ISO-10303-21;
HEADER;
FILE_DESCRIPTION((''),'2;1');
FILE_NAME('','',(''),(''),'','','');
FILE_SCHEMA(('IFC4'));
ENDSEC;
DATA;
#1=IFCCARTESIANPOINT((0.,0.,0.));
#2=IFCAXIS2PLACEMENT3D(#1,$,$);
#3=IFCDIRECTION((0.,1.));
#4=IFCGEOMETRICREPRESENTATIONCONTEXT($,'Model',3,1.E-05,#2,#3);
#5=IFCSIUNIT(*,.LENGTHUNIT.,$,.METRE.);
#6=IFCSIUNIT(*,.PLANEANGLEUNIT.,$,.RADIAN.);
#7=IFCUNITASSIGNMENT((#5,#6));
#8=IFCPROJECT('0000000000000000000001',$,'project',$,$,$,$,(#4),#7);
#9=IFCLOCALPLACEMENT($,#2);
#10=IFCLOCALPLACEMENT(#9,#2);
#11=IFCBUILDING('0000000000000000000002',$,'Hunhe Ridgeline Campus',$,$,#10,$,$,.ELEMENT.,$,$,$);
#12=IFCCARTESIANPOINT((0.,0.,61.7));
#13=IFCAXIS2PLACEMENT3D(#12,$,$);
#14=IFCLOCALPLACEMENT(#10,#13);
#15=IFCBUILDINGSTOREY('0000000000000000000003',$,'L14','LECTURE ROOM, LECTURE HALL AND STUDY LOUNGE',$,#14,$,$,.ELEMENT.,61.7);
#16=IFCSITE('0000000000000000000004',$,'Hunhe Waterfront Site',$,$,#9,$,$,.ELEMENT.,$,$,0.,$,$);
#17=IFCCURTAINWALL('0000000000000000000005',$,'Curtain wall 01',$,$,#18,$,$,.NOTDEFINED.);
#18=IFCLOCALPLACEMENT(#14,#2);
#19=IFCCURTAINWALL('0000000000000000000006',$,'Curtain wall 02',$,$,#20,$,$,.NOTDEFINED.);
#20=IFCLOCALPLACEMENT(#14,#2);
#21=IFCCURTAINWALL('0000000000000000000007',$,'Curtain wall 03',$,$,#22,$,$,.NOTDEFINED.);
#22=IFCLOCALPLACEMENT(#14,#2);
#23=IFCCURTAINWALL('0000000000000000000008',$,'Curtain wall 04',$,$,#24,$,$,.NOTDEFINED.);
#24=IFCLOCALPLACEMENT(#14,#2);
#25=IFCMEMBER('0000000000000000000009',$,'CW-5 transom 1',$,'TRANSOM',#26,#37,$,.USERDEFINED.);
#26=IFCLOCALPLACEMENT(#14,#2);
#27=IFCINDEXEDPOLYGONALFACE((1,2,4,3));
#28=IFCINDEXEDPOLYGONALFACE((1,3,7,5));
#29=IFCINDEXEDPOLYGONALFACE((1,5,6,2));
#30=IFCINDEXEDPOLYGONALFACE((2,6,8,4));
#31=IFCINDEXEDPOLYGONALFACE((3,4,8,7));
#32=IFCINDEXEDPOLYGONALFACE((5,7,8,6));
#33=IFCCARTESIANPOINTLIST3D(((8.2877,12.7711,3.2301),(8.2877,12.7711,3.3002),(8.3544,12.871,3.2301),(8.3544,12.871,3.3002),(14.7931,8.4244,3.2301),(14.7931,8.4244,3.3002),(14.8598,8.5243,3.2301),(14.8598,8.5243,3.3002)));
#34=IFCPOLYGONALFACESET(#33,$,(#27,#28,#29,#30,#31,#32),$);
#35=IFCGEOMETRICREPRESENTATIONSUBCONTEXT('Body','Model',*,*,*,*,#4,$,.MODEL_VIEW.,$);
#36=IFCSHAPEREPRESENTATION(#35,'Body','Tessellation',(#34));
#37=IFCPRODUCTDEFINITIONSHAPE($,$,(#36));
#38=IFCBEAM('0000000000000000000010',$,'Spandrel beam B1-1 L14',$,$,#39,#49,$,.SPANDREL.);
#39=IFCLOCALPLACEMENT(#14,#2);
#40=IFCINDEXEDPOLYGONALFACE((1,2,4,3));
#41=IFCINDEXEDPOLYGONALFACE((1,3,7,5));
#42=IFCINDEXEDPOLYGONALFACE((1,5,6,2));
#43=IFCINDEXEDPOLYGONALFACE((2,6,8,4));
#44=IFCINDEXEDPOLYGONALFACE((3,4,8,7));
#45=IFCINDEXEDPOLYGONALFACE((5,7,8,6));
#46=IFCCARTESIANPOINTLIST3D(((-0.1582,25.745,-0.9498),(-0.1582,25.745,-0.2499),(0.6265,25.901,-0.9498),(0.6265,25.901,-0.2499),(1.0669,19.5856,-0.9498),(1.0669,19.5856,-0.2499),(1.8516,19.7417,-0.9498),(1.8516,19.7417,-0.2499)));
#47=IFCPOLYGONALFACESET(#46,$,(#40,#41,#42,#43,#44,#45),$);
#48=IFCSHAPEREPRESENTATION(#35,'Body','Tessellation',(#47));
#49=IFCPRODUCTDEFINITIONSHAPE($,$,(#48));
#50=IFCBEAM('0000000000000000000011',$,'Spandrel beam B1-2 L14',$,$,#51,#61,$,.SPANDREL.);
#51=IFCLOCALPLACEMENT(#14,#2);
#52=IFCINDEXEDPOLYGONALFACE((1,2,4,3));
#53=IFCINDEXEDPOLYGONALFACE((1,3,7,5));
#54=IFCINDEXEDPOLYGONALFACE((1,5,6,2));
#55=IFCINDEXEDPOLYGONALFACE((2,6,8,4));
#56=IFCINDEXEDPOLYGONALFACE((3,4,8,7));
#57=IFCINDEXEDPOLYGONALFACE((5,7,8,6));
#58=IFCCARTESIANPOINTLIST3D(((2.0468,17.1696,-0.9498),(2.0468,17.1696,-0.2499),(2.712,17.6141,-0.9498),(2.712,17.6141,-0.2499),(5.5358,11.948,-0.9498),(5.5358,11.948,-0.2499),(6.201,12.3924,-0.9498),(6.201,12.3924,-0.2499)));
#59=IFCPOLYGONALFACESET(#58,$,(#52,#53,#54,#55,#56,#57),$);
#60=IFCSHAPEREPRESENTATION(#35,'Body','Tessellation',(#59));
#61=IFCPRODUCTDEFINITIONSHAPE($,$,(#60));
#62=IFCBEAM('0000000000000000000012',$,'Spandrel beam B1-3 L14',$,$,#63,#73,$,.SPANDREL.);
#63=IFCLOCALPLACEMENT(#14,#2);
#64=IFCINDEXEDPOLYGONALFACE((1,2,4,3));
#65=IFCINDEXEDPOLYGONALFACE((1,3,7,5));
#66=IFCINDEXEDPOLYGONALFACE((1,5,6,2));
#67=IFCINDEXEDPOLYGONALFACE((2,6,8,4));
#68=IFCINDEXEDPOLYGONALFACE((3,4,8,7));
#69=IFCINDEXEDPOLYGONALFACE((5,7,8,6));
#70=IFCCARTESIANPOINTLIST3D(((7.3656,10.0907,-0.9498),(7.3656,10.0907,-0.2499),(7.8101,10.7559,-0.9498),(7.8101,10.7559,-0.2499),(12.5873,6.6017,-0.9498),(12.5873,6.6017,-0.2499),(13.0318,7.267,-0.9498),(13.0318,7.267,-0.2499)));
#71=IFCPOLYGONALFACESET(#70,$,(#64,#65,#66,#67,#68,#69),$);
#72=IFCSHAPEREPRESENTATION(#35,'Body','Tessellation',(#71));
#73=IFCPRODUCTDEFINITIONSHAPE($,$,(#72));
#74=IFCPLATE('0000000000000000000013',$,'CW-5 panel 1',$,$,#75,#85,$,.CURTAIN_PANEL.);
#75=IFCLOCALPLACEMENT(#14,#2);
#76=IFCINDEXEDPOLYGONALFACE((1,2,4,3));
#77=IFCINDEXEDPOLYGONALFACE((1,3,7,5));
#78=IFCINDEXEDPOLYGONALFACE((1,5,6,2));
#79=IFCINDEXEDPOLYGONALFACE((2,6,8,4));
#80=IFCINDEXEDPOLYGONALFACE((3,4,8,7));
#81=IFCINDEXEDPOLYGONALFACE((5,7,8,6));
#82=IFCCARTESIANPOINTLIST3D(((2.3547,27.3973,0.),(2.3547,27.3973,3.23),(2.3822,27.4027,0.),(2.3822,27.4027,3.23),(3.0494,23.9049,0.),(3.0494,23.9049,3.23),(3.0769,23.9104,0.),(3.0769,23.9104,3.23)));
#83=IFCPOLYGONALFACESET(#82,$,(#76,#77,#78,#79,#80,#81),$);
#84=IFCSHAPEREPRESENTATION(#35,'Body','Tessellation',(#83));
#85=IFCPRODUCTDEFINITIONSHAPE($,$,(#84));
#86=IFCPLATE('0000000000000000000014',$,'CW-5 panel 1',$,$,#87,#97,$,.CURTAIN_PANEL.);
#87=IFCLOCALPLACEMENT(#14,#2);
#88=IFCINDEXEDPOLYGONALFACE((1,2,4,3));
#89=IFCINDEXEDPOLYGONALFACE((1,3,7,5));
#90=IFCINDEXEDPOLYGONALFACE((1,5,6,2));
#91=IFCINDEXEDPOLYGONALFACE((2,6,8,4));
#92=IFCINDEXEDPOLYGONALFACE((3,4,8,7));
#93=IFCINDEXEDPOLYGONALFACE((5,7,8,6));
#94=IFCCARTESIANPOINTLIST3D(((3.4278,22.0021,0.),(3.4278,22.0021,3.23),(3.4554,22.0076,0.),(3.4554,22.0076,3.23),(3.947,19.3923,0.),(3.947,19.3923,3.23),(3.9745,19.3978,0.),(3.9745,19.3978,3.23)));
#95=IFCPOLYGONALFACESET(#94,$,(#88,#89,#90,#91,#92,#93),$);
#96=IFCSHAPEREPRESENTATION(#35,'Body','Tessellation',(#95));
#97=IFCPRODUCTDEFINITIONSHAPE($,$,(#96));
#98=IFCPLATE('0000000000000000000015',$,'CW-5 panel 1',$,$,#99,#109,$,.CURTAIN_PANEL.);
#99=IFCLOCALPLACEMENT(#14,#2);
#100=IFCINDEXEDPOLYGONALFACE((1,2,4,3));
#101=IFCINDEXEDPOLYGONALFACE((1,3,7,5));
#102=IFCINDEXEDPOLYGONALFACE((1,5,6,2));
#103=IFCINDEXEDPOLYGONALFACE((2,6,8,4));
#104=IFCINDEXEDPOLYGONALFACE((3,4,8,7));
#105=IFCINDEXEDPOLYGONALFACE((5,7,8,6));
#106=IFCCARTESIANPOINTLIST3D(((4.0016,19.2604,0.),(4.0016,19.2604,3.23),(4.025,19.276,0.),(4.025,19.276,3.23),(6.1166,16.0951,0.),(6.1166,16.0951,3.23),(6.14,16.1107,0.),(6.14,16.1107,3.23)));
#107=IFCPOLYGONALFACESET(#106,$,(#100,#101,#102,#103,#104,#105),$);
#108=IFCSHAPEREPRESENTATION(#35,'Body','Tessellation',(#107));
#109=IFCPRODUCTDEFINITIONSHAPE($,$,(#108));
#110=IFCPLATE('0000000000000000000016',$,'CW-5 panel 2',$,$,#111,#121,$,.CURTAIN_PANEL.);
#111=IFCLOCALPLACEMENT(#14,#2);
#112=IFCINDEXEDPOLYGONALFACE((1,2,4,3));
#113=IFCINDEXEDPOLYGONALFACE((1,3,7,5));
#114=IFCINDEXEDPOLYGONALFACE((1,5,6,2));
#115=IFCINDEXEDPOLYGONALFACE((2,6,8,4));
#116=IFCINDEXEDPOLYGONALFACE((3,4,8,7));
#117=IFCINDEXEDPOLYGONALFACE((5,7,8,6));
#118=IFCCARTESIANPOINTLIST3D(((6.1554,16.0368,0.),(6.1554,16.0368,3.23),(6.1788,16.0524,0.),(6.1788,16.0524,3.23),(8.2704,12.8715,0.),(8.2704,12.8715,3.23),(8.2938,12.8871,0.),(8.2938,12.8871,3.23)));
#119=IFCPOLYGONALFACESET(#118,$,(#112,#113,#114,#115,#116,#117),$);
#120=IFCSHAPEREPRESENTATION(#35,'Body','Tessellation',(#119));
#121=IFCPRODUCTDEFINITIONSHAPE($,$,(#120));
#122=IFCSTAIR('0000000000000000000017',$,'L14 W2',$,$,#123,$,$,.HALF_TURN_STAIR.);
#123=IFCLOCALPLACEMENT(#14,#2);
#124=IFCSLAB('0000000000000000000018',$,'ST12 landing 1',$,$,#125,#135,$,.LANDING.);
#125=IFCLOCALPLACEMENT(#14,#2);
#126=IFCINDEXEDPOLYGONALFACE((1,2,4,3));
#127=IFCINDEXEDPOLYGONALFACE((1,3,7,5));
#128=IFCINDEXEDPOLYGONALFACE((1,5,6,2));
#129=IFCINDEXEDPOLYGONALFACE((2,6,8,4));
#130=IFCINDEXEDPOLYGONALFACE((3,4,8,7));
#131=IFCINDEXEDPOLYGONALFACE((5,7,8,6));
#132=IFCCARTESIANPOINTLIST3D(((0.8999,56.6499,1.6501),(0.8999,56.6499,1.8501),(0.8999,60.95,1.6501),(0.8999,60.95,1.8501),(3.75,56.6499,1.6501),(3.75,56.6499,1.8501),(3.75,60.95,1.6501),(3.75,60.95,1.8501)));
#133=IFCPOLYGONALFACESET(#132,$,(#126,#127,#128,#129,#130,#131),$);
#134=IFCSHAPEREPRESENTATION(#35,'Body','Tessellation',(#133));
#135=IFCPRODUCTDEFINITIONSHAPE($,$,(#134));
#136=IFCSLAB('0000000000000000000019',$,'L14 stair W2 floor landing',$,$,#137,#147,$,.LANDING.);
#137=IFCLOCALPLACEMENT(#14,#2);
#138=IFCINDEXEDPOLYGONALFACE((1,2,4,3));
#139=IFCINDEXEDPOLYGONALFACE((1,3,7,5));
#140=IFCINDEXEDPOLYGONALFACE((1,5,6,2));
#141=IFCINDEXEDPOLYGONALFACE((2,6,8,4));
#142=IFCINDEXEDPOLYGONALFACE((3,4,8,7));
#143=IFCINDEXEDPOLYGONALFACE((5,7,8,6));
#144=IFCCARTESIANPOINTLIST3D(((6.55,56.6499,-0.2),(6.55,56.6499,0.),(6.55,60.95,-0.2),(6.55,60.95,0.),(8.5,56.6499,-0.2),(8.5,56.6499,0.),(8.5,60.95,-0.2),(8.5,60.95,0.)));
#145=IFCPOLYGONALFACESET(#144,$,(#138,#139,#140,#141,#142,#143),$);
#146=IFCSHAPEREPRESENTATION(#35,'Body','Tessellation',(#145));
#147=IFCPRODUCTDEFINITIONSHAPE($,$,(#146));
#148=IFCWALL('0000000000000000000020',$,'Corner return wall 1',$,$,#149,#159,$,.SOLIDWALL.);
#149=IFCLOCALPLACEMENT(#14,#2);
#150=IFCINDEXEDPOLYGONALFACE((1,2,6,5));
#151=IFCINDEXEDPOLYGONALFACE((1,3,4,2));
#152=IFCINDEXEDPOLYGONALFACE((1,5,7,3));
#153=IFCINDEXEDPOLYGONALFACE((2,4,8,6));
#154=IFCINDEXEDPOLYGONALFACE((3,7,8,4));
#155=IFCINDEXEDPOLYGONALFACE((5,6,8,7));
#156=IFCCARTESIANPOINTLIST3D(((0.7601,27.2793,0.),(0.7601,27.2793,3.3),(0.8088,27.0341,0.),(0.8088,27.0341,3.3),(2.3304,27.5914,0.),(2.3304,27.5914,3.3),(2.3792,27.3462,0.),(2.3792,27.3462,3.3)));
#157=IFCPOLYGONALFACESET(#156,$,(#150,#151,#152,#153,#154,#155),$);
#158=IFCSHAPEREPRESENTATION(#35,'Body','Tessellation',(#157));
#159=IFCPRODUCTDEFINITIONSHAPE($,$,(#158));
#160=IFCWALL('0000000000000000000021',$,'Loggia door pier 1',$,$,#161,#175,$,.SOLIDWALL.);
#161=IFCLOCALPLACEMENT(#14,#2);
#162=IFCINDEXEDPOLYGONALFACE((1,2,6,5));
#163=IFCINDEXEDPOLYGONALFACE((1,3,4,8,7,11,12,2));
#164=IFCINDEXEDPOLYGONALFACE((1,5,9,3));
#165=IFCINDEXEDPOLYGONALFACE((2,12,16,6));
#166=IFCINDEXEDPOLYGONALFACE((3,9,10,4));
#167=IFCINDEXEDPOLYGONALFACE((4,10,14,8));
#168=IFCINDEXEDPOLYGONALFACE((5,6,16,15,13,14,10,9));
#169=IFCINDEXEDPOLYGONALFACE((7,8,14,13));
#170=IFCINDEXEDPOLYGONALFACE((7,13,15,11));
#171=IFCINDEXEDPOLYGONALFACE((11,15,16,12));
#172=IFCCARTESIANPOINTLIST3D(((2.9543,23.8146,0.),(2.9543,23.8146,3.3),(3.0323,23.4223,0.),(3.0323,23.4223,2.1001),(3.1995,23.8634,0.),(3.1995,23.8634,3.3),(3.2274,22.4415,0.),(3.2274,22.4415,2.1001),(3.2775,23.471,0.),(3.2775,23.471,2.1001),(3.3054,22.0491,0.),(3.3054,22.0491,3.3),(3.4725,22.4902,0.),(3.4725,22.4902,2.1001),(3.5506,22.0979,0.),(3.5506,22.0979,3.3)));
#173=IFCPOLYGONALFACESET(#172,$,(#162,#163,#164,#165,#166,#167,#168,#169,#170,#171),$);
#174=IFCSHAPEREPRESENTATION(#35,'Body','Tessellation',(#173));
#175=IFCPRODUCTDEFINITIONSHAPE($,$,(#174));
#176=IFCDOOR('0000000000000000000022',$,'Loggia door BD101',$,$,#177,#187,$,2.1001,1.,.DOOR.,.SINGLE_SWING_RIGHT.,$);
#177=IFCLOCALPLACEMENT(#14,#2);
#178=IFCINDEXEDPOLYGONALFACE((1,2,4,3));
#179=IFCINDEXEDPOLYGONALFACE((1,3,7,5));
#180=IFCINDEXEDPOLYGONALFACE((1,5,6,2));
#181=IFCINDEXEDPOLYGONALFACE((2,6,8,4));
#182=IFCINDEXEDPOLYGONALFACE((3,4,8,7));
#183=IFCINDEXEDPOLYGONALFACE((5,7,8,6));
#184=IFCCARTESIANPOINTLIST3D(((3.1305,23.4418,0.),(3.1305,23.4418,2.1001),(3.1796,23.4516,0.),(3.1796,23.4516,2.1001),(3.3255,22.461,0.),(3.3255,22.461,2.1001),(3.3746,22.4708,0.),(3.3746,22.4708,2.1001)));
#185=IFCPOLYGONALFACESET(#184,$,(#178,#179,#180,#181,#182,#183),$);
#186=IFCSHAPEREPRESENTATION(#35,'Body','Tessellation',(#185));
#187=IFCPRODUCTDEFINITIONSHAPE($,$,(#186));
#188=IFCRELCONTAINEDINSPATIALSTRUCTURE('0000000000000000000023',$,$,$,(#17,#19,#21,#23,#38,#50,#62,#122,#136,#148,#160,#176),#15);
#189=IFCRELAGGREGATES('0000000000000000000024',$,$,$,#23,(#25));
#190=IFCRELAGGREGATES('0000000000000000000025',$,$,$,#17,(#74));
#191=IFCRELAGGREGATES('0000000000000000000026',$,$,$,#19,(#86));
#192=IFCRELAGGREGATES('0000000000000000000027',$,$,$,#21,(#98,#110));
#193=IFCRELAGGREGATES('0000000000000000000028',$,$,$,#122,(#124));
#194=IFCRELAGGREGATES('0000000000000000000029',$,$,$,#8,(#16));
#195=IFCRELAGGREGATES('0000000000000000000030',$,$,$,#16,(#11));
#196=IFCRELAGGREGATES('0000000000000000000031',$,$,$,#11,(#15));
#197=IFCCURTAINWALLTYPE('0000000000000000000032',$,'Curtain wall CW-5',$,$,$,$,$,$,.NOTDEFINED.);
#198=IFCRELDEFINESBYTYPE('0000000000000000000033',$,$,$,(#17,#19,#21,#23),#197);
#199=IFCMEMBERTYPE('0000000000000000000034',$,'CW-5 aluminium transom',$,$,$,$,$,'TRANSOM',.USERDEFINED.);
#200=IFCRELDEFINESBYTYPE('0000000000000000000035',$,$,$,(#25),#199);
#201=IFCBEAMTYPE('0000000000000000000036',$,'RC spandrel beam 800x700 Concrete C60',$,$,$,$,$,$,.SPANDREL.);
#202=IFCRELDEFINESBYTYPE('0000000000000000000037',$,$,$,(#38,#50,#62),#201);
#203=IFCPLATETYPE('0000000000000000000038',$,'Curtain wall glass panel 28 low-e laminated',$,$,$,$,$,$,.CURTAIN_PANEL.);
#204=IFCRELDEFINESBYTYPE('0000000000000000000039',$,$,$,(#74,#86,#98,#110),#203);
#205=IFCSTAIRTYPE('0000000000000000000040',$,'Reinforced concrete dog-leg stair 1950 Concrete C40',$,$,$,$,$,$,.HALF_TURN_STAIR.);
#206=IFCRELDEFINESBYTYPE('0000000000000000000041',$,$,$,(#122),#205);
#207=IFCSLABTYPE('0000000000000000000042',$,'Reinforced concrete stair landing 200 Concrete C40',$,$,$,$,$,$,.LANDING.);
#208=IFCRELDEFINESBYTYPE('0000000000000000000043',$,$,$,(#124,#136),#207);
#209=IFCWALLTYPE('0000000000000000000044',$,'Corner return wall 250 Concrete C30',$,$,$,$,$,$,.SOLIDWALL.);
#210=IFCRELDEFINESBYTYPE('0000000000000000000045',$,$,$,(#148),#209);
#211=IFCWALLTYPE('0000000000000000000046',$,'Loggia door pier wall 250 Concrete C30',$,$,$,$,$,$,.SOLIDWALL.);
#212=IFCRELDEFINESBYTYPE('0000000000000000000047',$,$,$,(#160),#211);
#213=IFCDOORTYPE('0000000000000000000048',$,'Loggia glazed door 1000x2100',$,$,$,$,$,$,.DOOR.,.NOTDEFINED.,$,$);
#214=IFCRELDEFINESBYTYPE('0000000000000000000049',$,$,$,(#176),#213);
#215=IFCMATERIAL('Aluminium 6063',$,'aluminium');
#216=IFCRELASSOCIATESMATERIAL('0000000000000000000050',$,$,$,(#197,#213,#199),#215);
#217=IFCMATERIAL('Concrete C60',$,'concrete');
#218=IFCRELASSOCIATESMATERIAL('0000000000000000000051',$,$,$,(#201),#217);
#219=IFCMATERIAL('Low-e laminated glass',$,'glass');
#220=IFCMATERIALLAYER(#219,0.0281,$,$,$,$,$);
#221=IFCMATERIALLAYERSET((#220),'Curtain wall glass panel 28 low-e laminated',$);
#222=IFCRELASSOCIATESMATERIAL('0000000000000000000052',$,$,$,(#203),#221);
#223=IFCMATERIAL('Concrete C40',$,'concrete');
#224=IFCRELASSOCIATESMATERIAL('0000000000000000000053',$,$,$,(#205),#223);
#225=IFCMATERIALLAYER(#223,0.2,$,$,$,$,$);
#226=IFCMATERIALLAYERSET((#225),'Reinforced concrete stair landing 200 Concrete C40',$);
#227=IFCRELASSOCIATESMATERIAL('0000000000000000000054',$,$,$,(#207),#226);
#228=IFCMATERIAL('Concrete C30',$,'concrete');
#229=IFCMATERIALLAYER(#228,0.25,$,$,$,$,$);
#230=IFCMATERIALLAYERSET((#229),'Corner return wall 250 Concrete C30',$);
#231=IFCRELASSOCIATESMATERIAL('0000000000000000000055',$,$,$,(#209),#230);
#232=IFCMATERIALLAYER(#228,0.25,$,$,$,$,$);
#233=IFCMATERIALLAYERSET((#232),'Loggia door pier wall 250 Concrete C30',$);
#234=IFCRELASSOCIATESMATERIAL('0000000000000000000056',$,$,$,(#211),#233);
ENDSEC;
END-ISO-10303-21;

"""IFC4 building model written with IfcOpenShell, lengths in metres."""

from ifc_helpers import new_model, si_unit, direction, frame, frame_2d, origin, origin_2d, place, context, subcontext, project, spatial, polyline, rectangle, outline, extrude, material, layer, layer_set, material_profile, profile_set, type_object, element, fill, aggregate, save


model = new_model("IFC4")

# Units and contexts
model_context = context("Model", 3, precision=1e-05, world=origin(), true_north=direction((0.0, 1.0)))
body_context = subcontext(model_context, "Body", "Model", "MODEL_VIEW")
ifc_project = project(units=[si_unit("LENGTHUNIT", "METRE"), si_unit("PLANEANGLEUNIT", "RADIAN")], contexts=[model_context])

# Site, building, storey
site_placement = place(None, origin())
site = spatial("IfcSite", under=ifc_project, at=site_placement, Name="Hunhe Waterfront Site", CompositionType="ELEMENT", RefElevation=0.0)
building_placement = place(site_placement, origin())
building = spatial("IfcBuilding", under=site, at=building_placement, Name="Hunhe Ridgeline Campus", CompositionType="ELEMENT")
storey_placement = place(building_placement, frame((0.0, 0.0, 61.7)))
storey = spatial("IfcBuildingStorey", under=building, at=storey_placement, Name="L14", Description="LECTURE ROOM, LECTURE HALL AND STUDY LOUNGE", CompositionType="ELEMENT", Elevation=61.7)

# Curtain walls
ifc_material_1 = material(Name="Aluminium 6063", Category="aluminium")
curtain_wall_type = type_object("IfcCurtainWallType", Name="Curtain wall CW-5", PredefinedType="NOTDEFINED", material=ifc_material_1)
curtain_wall_1_placement = place(storey_placement, origin())
curtain_wall_1 = element("IfcCurtainWall", 1, at=curtain_wall_1_placement, inside=storey, type_object=curtain_wall_type, Name="Curtain wall 01", PredefinedType="NOTDEFINED")
curtain_wall_2_placement = place(storey_placement, origin())
curtain_wall_2 = element("IfcCurtainWall", 2, at=curtain_wall_2_placement, inside=storey, type_object=curtain_wall_type, Name="Curtain wall 02", PredefinedType="NOTDEFINED")
curtain_wall_3_placement = place(storey_placement, origin())
curtain_wall_3 = element("IfcCurtainWall", 3, at=curtain_wall_3_placement, inside=storey, type_object=curtain_wall_type, Name="Curtain wall 03", PredefinedType="NOTDEFINED")

# Curtain wall
curtain_wall_4_placement = place(storey_placement, origin())
curtain_wall_4 = element("IfcCurtainWall", 4, at=curtain_wall_4_placement, inside=storey, type_object=curtain_wall_type, Name="Curtain wall 04", PredefinedType="NOTDEFINED")

# Member
ifc_material_profile_1 = material_profile(ifc_material_1, rectangle(XDim=0.1201, YDim=0.0701, at=origin_2d()))
ifc_profile_set_1 = profile_set([ifc_material_profile_1], Name="Aluminium 6063")
member_type_1 = type_object("IfcMemberType", Name="CW-5 aluminium transom", ElementType="TRANSOM", PredefinedType="USERDEFINED", material=ifc_profile_set_1)
member_1_placement = place(storey_placement, frame((8.321, 12.821, 3.2651), z_axis=(0.831474, -0.555564, 0.0), x_axis=(0.555564, 0.831474, 0.0)))
member_1 = element("IfcMember", 5, at=member_1_placement, type_object=member_type_1, Name="CW-5 transom 1", ObjectType="TRANSOM", PredefinedType="USERDEFINED", context=body_context, shape_type="SweptSolid", body=[
    extrude(rectangle(XDim=0.1201, YDim=0.0701, at=origin_2d()), origin(), (0.0, 0.0, 1.0), 7.824),
])
aggregate(curtain_wall_4, [member_1])

# Beams
ifc_material_2 = material(Name="Concrete C60", Category="concrete")
ifc_material_profile_2 = material_profile(ifc_material_2, rectangle(XDim=0.8, YDim=0.7, at=origin_2d()))
ifc_profile_set_2 = profile_set([ifc_material_profile_2], Name="Concrete C60")
beam_type = type_object("IfcBeamType", Name="RC spandrel beam 800x700 Concrete C60", PredefinedType="SPANDREL", material=ifc_profile_set_2)
for number, where, z_axis, x_axis, name in (
    (6, (0.2341, 25.823, -0.5999), (0.195077, -0.980788, 0.0), (0.980788, 0.195077, 0.0), "Spandrel beam B1-1 L14"),
    (7, (2.3794, 17.3918, -0.5999), (0.55557, -0.83147, 0.0), (0.83147, 0.55557, 0.0), "Spandrel beam B1-2 L14"),
    (8, (7.5879, 10.4233, -0.5999), (0.83147, -0.55557, 0.0), (0.55557, 0.83147, 0.0), "Spandrel beam B1-3 L14"),
):
    element("IfcBeam", number, at=place(storey_placement, frame(where, z_axis=z_axis, x_axis=x_axis)), inside=storey, type_object=beam_type, Name=name, PredefinedType="SPANDREL", context=body_context, shape_type="SweptSolid", body=[
        extrude(rectangle(XDim=0.8, YDim=0.7, at=origin_2d()), origin(), (0.0, 0.0, 1.0), 6.28),
    ])

# Plates
ifc_material_3 = material(Name="Low-e laminated glass", Category="glass")
ifc_layer_1 = layer(ifc_material_3, 0.0281)
ifc_layer_set_1 = layer_set([ifc_layer_1], Name="Curtain wall glass panel 28 low-e laminated")
plate_type = type_object("IfcPlateType", Name="Curtain wall glass panel 28 low-e laminated", PredefinedType="CURTAIN_PANEL", material=ifc_layer_set_1)
plate_1_placement = place(storey_placement, frame((2.7158, 25.6538, 0.0), z_axis=(0.0, 0.0, 1.0), x_axis=(0.195095, -0.980784, 0.0)))
plate_1 = element("IfcPlate", 9, at=plate_1_placement, type_object=plate_type, Name="CW-5 panel 1", PredefinedType="CURTAIN_PANEL", context=body_context, shape_type="SweptSolid", body=[
    extrude(rectangle(XDim=3.5608, YDim=0.0281, at=origin_2d()), origin(), (0.0, 0.0, 1.0), 3.23),
])
aggregate(curtain_wall_1, [plate_1])
plate_2_placement = place(storey_placement, frame((3.7012, 20.7, 0.0), z_axis=(0.0, 0.0, 1.0), x_axis=(0.195095, -0.980784, 0.0)))
plate_2 = element("IfcPlate", 10, at=plate_2_placement, type_object=plate_type, Name="CW-5 panel 1", PredefinedType="CURTAIN_PANEL", context=body_context, shape_type="SweptSolid", body=[
    extrude(rectangle(XDim=2.6609, YDim=0.0281, at=origin_2d()), origin(), (0.0, 0.0, 1.0), 3.23),
])
aggregate(curtain_wall_2, [plate_2])
plate_3_placement = place(storey_placement, frame((5.0708, 17.6855, 0.0), z_axis=(0.0, 0.0, 1.0), x_axis=(0.55557, -0.83147, 0.0)))
plate_3 = element("IfcPlate", 11, at=plate_3_placement, type_object=plate_type, Name="CW-5 panel 1", PredefinedType="CURTAIN_PANEL", context=body_context, shape_type="SweptSolid", body=[
    extrude(rectangle(XDim=3.8069, YDim=0.0281, at=origin_2d()), origin(), (0.0, 0.0, 1.0), 3.23),
])
plate_4_placement = place(storey_placement, frame((7.2246, 14.4619, 0.0), z_axis=(0.0, 0.0, 1.0), x_axis=(0.55557, -0.83147, 0.0)))
plate_4 = element("IfcPlate", 12, at=plate_4_placement, type_object=plate_type, Name="CW-5 panel 2", PredefinedType="CURTAIN_PANEL", context=body_context, shape_type="SweptSolid", body=[
    extrude(rectangle(XDim=3.8069, YDim=0.0281, at=origin_2d()), origin(), (0.0, 0.0, 1.0), 3.23),
])
aggregate(curtain_wall_3, [plate_3, plate_4])

# Stair, slab
ifc_material_4 = material(Name="Concrete C40", Category="concrete")
stair_type = type_object("IfcStairType", Name="Reinforced concrete dog-leg stair 1950 Concrete C40", PredefinedType="HALF_TURN_STAIR", material=ifc_material_4)
stair_placement = place(storey_placement, origin())
stair = element("IfcStair", 13, at=stair_placement, inside=storey, type_object=stair_type, Name="L14 W2", PredefinedType="HALF_TURN_STAIR")
ifc_layer_2 = layer(ifc_material_4, 0.2)
ifc_layer_set_2 = layer_set([ifc_layer_2], Name="Reinforced concrete stair landing 200 Concrete C40")
slab_type = type_object("IfcSlabType", Name="Reinforced concrete stair landing 200 Concrete C40", PredefinedType="LANDING", material=ifc_layer_set_2)
slab_1_placement = place(storey_placement, frame((0.0, 0.0, 1.6501)))
slab_1 = element("IfcSlab", 14, at=slab_1_placement, type_object=slab_type, Name="ST12 landing 1", PredefinedType="LANDING", context=body_context, shape_type="SweptSolid", body=[
    extrude(outline(polyline([(3.75, 60.95), (0.8999, 60.95), (0.8999, 56.6499), (3.75, 56.6499), (3.75, 60.95)])), origin(), (0.0, 0.0, 1.0), 0.2),
])
aggregate(stair, [slab_1])

# Slab
slab_2_placement = place(storey_placement, frame((0.0, 0.0, -0.2)))
element("IfcSlab", 15, at=slab_2_placement, inside=storey, type_object=slab_type, Name="L14 stair W2 floor landing", PredefinedType="LANDING", context=body_context, shape_type="SweptSolid", body=[
    extrude(outline(polyline([(8.5, 60.95), (6.55, 60.95), (6.55, 56.6499), (8.5, 56.6499), (8.5, 60.95)])), origin(), (0.0, 0.0, 1.0), 0.2),
])

# Wall
ifc_material_5 = material(Name="Concrete C30", Category="concrete")
ifc_layer_3 = layer(ifc_material_5, 0.25)
ifc_layer_set_3 = layer_set([ifc_layer_3], Name="Corner return wall 250 Concrete C30")
wall_type_1 = type_object("IfcWallType", Name="Corner return wall 250 Concrete C30", PredefinedType="SOLIDWALL", material=ifc_layer_set_3)
wall_1_placement = place(storey_placement, frame((0.7844, 27.1567, 0.0), z_axis=(0.0, 0.0, 1.0), x_axis=(0.980826, 0.194884, 0.0)))
element("IfcWall", 16, at=wall_1_placement, inside=storey, type_object=wall_type_1, Name="Corner return wall 1", PredefinedType="SOLIDWALL", context=body_context, shape_type="SweptSolid", body=[
    extrude(rectangle(XDim=1.6011, YDim=0.25, at=frame_2d((0.8005, 0.0))), origin(), (0.0, 0.0, 1.0), 3.3),
])

# Wall, opening, door
ifc_layer_4 = layer(ifc_material_5, 0.25)
ifc_layer_set_4 = layer_set([ifc_layer_4], Name="Loggia door pier wall 250 Concrete C30")
wall_type_2 = type_object("IfcWallType", Name="Loggia door pier wall 250 Concrete C30", PredefinedType="SOLIDWALL", material=ifc_layer_set_4)
wall_2_placement = place(storey_placement, frame((3.0769, 23.8389, 0.0), z_axis=(0.0, 0.0, 1.0), x_axis=(0.195047, -0.980794, 0.0)))
wall_2 = element("IfcWall", 17, at=wall_2_placement, inside=storey, type_object=wall_type_2, Name="Loggia door pier 1", PredefinedType="SOLIDWALL", context=body_context, shape_type="SweptSolid", body=[
    extrude(rectangle(XDim=1.8, YDim=0.25, at=frame_2d((0.8999, 0.0))), origin(), (0.0, 0.0, 1.0), 3.3),
])
opening_placement = place(wall_2_placement, frame((0.3999, 0.0, 0.0)))
opening = element("IfcOpeningElement", 18, at=opening_placement, cuts=wall_2, PredefinedType="OPENING", context=body_context, shape_type="SweptSolid", body=[
    extrude(rectangle(XDim=1.0, YDim=2.1001, at=frame_2d((0.5, 1.05))), frame((0.0, 0.125, 0.0), z_axis=(0.0, -1.0, 0.0), x_axis=(1.0, 0.0, 0.0)), (0.0, 0.0, 1.0), 0.25),
])
door_type = type_object("IfcDoorType", Name="Loggia glazed door 1000x2100", OperationType="NOTDEFINED", PredefinedType="DOOR", material=ifc_material_1)
door_placement = place(opening_placement, frame((1.0, 0.0, 0.0), z_axis=(0.0, 0.0, 1.0), x_axis=(-1.0, 0.0, 0.0)))
door = element("IfcDoor", 19, at=door_placement, inside=storey, type_object=door_type, Name="Loggia door BD101", OperationType="SINGLE_SWING_RIGHT", OverallHeight=2.1001, OverallWidth=1.0, PredefinedType="DOOR", context=body_context, shape_type="SweptSolid", body=[
    extrude(rectangle(XDim=1.0, YDim=2.1001, at=frame_2d((0.5, 1.05))), frame((0.0, 0.0249, 0.0), z_axis=(0.0, -1.0, 0.0), x_axis=(1.0, 0.0, 0.0)), (0.0, 0.0, 1.0), 0.05),
])
fill(opening, door)

save(model, "model.ifc")
